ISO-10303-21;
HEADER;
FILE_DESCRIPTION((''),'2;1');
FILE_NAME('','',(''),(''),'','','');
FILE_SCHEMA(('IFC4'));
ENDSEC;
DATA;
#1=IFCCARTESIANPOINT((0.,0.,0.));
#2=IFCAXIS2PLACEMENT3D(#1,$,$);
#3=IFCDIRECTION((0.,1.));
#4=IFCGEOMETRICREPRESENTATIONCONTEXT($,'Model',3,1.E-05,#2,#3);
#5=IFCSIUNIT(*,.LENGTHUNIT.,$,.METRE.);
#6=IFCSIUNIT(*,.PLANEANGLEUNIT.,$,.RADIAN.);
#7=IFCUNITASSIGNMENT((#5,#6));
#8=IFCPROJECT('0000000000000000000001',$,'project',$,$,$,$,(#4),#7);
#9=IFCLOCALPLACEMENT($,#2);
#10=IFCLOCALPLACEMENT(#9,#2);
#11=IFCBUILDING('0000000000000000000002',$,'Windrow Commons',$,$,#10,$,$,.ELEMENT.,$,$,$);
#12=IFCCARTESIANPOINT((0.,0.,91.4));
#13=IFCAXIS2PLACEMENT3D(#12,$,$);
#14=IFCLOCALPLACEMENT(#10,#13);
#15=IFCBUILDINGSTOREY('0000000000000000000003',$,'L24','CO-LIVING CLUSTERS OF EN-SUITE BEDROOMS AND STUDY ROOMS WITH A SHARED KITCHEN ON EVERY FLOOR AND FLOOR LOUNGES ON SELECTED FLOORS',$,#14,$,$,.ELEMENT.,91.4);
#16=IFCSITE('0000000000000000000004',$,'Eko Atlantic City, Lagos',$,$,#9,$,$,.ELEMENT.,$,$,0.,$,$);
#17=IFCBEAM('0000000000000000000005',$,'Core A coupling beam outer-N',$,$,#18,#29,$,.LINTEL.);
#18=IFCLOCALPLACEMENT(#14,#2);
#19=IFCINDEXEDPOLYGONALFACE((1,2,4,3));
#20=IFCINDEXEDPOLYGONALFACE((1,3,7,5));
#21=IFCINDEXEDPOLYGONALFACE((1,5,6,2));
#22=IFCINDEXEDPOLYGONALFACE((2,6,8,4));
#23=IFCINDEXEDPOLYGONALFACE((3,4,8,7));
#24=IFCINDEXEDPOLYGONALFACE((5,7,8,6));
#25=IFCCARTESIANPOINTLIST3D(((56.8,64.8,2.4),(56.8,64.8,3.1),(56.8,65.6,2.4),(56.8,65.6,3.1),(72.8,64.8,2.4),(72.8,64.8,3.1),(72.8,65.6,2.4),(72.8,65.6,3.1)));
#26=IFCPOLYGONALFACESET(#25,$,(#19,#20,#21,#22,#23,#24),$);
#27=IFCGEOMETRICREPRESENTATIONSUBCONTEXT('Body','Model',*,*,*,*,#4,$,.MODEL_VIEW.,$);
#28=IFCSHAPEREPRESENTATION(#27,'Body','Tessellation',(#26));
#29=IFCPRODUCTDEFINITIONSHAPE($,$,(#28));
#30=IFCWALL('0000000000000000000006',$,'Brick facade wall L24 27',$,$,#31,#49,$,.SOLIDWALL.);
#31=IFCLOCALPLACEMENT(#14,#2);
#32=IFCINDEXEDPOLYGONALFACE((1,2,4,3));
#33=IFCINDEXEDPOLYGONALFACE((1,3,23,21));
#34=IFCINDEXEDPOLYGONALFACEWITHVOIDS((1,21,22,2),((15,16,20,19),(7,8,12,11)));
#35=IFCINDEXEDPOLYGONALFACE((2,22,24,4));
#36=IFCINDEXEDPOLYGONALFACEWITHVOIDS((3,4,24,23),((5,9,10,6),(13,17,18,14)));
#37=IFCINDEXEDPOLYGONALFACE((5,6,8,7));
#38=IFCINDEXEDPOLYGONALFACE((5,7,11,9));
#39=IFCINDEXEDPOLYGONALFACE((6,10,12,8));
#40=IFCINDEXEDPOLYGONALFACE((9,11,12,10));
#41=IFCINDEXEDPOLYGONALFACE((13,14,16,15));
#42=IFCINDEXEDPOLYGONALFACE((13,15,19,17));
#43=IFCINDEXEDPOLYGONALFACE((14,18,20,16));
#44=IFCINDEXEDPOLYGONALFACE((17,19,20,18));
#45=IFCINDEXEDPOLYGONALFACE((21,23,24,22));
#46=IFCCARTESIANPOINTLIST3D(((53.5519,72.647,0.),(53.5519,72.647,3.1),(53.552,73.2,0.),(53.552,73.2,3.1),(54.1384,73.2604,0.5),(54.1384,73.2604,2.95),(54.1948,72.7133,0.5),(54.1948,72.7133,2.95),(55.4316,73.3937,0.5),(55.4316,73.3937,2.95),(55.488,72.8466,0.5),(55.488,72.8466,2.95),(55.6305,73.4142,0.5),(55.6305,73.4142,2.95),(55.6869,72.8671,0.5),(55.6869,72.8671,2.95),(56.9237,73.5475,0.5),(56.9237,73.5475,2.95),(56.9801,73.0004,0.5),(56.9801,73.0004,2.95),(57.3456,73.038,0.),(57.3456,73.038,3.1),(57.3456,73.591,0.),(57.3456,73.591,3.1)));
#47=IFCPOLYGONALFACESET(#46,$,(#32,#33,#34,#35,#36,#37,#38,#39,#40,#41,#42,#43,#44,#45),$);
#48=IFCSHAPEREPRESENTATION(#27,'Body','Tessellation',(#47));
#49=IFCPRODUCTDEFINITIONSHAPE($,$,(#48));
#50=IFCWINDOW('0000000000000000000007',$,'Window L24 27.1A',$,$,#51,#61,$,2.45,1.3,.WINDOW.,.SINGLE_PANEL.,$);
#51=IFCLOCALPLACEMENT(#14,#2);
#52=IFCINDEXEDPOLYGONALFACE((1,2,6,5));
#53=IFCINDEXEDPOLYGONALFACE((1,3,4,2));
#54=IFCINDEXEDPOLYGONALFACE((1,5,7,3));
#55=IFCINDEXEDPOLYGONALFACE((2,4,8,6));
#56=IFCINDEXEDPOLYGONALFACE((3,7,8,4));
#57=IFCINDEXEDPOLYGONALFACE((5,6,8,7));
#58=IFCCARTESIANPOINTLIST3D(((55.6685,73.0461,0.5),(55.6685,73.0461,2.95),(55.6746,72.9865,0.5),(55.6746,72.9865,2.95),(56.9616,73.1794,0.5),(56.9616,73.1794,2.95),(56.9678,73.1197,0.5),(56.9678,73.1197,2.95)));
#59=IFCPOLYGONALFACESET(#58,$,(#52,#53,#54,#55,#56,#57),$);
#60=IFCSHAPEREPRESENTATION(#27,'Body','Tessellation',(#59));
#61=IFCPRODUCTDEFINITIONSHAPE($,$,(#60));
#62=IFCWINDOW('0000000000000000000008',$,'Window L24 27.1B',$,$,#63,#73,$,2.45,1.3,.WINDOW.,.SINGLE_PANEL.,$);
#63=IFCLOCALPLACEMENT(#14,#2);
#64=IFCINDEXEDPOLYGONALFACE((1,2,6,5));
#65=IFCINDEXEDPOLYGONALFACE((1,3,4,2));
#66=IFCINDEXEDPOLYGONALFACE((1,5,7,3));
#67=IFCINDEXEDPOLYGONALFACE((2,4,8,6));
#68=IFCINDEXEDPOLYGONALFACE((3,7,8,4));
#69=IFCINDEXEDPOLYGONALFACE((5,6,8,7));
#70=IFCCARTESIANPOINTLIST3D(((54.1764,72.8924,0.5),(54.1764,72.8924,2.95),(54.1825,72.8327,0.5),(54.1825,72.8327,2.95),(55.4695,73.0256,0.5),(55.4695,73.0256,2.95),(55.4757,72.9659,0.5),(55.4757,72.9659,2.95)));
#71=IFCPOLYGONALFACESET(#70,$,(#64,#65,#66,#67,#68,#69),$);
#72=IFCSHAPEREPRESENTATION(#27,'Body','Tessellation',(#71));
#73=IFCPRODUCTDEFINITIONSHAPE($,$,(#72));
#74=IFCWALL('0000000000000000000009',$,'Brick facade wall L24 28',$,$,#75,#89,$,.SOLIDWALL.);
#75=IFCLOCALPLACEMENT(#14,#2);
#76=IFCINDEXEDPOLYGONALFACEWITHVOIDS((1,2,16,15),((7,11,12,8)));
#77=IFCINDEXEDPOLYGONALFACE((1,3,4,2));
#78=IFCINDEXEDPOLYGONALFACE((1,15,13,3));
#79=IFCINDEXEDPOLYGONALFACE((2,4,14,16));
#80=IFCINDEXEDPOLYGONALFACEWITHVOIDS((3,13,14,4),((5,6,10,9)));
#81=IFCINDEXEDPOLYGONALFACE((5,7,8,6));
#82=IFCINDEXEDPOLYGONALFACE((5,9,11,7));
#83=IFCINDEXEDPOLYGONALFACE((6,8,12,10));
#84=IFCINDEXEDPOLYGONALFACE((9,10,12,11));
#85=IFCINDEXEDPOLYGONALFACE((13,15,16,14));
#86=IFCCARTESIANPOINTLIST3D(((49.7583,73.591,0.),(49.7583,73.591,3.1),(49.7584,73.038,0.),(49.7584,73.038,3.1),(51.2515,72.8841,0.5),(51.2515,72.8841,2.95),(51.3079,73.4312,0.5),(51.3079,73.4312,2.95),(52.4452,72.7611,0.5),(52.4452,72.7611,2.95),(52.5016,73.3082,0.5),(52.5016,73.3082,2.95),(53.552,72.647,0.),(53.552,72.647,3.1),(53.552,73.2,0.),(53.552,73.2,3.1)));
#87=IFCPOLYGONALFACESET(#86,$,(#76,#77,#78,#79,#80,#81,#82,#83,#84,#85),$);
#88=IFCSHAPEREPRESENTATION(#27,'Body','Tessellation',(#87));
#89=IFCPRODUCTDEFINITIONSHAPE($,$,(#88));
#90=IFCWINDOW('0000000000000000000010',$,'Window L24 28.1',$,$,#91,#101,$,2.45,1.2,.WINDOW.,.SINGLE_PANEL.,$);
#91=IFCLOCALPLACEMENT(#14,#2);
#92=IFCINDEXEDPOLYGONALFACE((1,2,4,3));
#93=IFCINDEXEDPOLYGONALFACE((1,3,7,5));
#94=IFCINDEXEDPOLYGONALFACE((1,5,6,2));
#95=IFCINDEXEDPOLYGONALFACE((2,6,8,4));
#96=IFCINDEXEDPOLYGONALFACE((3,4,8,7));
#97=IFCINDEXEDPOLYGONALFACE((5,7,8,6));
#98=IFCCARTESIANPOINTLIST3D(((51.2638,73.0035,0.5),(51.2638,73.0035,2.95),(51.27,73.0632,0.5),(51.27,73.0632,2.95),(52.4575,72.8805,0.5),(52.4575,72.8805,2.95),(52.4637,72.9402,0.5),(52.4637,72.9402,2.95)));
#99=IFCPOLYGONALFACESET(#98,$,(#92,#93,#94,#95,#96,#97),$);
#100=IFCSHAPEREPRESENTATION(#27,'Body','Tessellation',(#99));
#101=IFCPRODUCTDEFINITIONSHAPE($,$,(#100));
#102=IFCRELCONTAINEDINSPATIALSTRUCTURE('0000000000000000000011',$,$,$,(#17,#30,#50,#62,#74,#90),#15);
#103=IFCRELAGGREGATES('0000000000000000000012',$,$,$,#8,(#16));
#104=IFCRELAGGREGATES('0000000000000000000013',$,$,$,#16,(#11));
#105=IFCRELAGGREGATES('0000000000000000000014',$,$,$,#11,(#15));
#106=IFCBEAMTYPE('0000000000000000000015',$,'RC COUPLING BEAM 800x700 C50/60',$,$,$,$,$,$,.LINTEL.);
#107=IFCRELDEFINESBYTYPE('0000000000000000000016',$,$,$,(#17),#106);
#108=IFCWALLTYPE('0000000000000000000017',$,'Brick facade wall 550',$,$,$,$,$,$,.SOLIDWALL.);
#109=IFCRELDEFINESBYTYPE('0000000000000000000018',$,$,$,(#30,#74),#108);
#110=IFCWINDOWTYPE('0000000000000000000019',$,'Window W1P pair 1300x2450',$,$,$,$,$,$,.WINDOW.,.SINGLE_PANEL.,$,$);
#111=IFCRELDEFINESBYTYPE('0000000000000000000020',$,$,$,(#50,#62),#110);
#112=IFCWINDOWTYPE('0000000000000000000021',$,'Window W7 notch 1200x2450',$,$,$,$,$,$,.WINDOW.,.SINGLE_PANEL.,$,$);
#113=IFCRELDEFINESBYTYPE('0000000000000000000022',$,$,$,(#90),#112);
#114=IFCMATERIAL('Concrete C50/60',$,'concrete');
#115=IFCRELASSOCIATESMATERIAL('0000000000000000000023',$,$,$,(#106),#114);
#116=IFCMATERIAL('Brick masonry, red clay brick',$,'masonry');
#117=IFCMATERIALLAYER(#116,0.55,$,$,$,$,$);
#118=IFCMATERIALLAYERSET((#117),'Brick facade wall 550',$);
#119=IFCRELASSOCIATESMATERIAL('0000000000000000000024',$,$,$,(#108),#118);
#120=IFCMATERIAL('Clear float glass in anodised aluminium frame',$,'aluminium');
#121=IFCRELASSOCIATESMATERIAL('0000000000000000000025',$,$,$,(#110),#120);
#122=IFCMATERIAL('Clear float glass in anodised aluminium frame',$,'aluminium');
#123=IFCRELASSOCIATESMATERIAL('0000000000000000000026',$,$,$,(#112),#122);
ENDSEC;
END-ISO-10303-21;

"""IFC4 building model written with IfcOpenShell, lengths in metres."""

from ifc_helpers import new_model, si_unit, direction, frame, frame_2d, origin, origin_2d, place, context, subcontext, project, spatial, polyline, rectangle, outline, extrude, material, layer, layer_set, material_profile, profile_set, type_object, element, fill, save


model = new_model("IFC4")

# Units and contexts
model_context = context("Model", 3, precision=1e-05, world=origin(), true_north=direction((0.0, 1.0)))
body_context = subcontext(model_context, "Body", "Model", "MODEL_VIEW")
ifc_project = project(units=[si_unit("LENGTHUNIT", "METRE"), si_unit("PLANEANGLEUNIT", "RADIAN")], contexts=[model_context])

# Site, building, storey
site_placement = place(None, origin())
site = spatial("IfcSite", under=ifc_project, at=site_placement, Name="Eko Atlantic City, Lagos", CompositionType="ELEMENT", RefElevation=0.0)
building_placement = place(site_placement, origin())
building = spatial("IfcBuilding", under=site, at=building_placement, Name="Windrow Commons", CompositionType="ELEMENT")
storey_placement = place(building_placement, frame((0.0, 0.0, 91.4)))
storey = spatial("IfcBuildingStorey", under=building, at=storey_placement, Name="L24", Description="CO-LIVING CLUSTERS OF EN-SUITE BEDROOMS AND STUDY ROOMS WITH A SHARED KITCHEN ON EVERY FLOOR AND FLOOR LOUNGES ON SELECTED FLOORS", CompositionType="ELEMENT", Elevation=91.4)

# Beam
ifc_material_1 = material(Name="Concrete C50/60", Category="concrete")
ifc_material_profile = material_profile(ifc_material_1, rectangle(XDim=0.8, YDim=0.7, at=origin_2d()))
ifc_profile_set = profile_set([ifc_material_profile], Name="Concrete C50/60")
beam_type = type_object("IfcBeamType", Name="RC COUPLING BEAM 800x700 C50/60", PredefinedType="LINTEL", material=ifc_profile_set)
beam_placement = place(storey_placement, frame((56.8, 65.2, 2.75), z_axis=(1.0, 0.0, 0.0), x_axis=(0.0, 1.0, 0.0)))
element("IfcBeam", 1, at=beam_placement, inside=storey, type_object=beam_type, Name="Core A coupling beam outer-N", PredefinedType="LINTEL", context=body_context, shape_type="SweptSolid", body=[
    extrude(rectangle(XDim=0.8, YDim=0.7, at=origin_2d()), origin(), (0.0, 0.0, 1.0), 16.0),
])

# Wall, openings, windows
ifc_material_2 = material(Name="Brick masonry, red clay brick", Category="masonry")
ifc_layer_1 = layer(ifc_material_2, 0.55)
ifc_layer_set_1 = layer_set([ifc_layer_1], Name="Brick facade wall 550")
wall_type_1 = type_object("IfcWallType", Name="Brick facade wall 550", PredefinedType="SOLIDWALL", material=ifc_layer_set_1)
wall_1_placement = place(storey_placement, frame((57.3456, 73.3145, 0.0), z_axis=(0.0, 0.0, 1.0), x_axis=(-0.99473, -0.102525, 0.0)))
wall_1 = element("IfcWall", 2, at=wall_1_placement, inside=storey, type_object=wall_type_1, Name="Brick facade wall L24 27", PredefinedType="SOLIDWALL", context=body_context, shape_type="SweptSolid", body=[
    extrude(outline(polyline([(-0.0283, -0.275), (3.7854, -0.275), (3.8421, 0.275), (0.0283, 0.275), (-0.0283, -0.275)])), origin(), (0.0, 0.0, 1.0), 3.1),
])
opening_1_placement = place(wall_1_placement, frame((0.3958, 0.0, 0.5)))
opening_1 = element("IfcOpeningElement", 3, at=opening_1_placement, cuts=wall_1, PredefinedType="OPENING", context=body_context, shape_type="SweptSolid", body=[
    extrude(rectangle(XDim=1.3, YDim=2.45, at=frame_2d((0.65, 1.225))), frame((0.0, 0.285, 0.0), z_axis=(0.0, -1.0, 0.0), x_axis=(1.0, 0.0, 0.0)), (0.0, 0.0, 1.0), 0.57),
])
opening_2_placement = place(wall_1_placement, frame((1.8958, 0.0, 0.5)))
opening_2 = element("IfcOpeningElement", 4, at=opening_2_placement, cuts=wall_1, PredefinedType="OPENING", context=body_context, shape_type="SweptSolid", body=[
    extrude(rectangle(XDim=1.3, YDim=2.45, at=frame_2d((0.65, 1.225))), frame((0.0, 0.285, 0.0), z_axis=(0.0, -1.0, 0.0), x_axis=(1.0, 0.0, 0.0)), (0.0, 0.0, 1.0), 0.57),
])
ifc_material_3 = material(Name="Clear float glass in anodised aluminium frame", Category="aluminium")
window_type_1 = type_object("IfcWindowType", Name="Window W1P pair 1300x2450", PartitioningType="SINGLE_PANEL", PredefinedType="WINDOW", material=ifc_material_3)
window_1_placement = place(opening_1_placement, origin())
window_1 = element("IfcWindow", 5, at=window_1_placement, inside=storey, type_object=window_type_1, Name="Window L24 27.1A", OverallHeight=2.45, OverallWidth=1.3, PartitioningType="SINGLE_PANEL", PredefinedType="WINDOW", context=body_context, shape_type="SweptSolid", body=[
    extrude(rectangle(XDim=1.3, YDim=2.45, at=frame_2d((0.65, 1.225))), frame((0.0, 0.155, 0.0), z_axis=(0.0, -1.0, 0.0), x_axis=(1.0, 0.0, 0.0)), (0.0, 0.0, 1.0), 0.06),
])
fill(opening_1, window_1)
window_2_placement = place(opening_2_placement, origin())
window_2 = element("IfcWindow", 6, at=window_2_placement, inside=storey, type_object=window_type_1, Name="Window L24 27.1B", OverallHeight=2.45, OverallWidth=1.3, PartitioningType="SINGLE_PANEL", PredefinedType="WINDOW", context=body_context, shape_type="SweptSolid", body=[
    extrude(rectangle(XDim=1.3, YDim=2.45, at=frame_2d((0.65, 1.225))), frame((0.0, 0.155, 0.0), z_axis=(0.0, -1.0, 0.0), x_axis=(1.0, 0.0, 0.0)), (0.0, 0.0, 1.0), 0.06),
])
fill(opening_2, window_2)

# Wall, opening, window
wall_2_placement = place(storey_placement, frame((53.552, 72.9235, 0.0), z_axis=(0.0, 0.0, 1.0), x_axis=(-0.994731, 0.102523, 0.0)))
wall_2 = element("IfcWall", 7, at=wall_2_placement, inside=storey, type_object=wall_type_1, Name="Brick facade wall L24 28", PredefinedType="SOLIDWALL", context=body_context, shape_type="SweptSolid", body=[
    extrude(outline(polyline([(0.0283, -0.275), (3.8421, -0.275), (3.7854, 0.275), (-0.0283, 0.275), (0.0283, -0.275)])), origin(), (0.0, 0.0, 1.0), 3.1),
])
opening_3_placement = place(wall_2_placement, frame((1.0843, 0.0, 0.5)))
opening_3 = element("IfcOpeningElement", 8, at=opening_3_placement, cuts=wall_2, PredefinedType="OPENING", context=body_context, shape_type="SweptSolid", body=[
    extrude(rectangle(XDim=1.2, YDim=2.45, at=frame_2d((0.6, 1.225))), frame((0.0, 0.285, 0.0), z_axis=(0.0, -1.0, 0.0), x_axis=(1.0, 0.0, 0.0)), (0.0, 0.0, 1.0), 0.57),
])
ifc_material_4 = material(Name="Clear float glass in anodised aluminium frame", Category="aluminium")
window_type_2 = type_object("IfcWindowType", Name="Window W7 notch 1200x2450", PartitioningType="SINGLE_PANEL", PredefinedType="WINDOW", material=ifc_material_4)
window_3_placement = place(opening_3_placement, origin())
window_3 = element("IfcWindow", 9, at=window_3_placement, inside=storey, type_object=window_type_2, Name="Window L24 28.1", OverallHeight=2.45, OverallWidth=1.2, PartitioningType="SINGLE_PANEL", PredefinedType="WINDOW", context=body_context, shape_type="SweptSolid", body=[
    extrude(rectangle(XDim=1.2, YDim=2.45, at=frame_2d((0.6, 1.225))), frame((0.0, 0.155, 0.0), z_axis=(0.0, -1.0, 0.0), x_axis=(1.0, 0.0, 0.0)), (0.0, 0.0, 1.0), 0.06),
])
fill(opening_3, window_3)

save(model, "model.ifc")
